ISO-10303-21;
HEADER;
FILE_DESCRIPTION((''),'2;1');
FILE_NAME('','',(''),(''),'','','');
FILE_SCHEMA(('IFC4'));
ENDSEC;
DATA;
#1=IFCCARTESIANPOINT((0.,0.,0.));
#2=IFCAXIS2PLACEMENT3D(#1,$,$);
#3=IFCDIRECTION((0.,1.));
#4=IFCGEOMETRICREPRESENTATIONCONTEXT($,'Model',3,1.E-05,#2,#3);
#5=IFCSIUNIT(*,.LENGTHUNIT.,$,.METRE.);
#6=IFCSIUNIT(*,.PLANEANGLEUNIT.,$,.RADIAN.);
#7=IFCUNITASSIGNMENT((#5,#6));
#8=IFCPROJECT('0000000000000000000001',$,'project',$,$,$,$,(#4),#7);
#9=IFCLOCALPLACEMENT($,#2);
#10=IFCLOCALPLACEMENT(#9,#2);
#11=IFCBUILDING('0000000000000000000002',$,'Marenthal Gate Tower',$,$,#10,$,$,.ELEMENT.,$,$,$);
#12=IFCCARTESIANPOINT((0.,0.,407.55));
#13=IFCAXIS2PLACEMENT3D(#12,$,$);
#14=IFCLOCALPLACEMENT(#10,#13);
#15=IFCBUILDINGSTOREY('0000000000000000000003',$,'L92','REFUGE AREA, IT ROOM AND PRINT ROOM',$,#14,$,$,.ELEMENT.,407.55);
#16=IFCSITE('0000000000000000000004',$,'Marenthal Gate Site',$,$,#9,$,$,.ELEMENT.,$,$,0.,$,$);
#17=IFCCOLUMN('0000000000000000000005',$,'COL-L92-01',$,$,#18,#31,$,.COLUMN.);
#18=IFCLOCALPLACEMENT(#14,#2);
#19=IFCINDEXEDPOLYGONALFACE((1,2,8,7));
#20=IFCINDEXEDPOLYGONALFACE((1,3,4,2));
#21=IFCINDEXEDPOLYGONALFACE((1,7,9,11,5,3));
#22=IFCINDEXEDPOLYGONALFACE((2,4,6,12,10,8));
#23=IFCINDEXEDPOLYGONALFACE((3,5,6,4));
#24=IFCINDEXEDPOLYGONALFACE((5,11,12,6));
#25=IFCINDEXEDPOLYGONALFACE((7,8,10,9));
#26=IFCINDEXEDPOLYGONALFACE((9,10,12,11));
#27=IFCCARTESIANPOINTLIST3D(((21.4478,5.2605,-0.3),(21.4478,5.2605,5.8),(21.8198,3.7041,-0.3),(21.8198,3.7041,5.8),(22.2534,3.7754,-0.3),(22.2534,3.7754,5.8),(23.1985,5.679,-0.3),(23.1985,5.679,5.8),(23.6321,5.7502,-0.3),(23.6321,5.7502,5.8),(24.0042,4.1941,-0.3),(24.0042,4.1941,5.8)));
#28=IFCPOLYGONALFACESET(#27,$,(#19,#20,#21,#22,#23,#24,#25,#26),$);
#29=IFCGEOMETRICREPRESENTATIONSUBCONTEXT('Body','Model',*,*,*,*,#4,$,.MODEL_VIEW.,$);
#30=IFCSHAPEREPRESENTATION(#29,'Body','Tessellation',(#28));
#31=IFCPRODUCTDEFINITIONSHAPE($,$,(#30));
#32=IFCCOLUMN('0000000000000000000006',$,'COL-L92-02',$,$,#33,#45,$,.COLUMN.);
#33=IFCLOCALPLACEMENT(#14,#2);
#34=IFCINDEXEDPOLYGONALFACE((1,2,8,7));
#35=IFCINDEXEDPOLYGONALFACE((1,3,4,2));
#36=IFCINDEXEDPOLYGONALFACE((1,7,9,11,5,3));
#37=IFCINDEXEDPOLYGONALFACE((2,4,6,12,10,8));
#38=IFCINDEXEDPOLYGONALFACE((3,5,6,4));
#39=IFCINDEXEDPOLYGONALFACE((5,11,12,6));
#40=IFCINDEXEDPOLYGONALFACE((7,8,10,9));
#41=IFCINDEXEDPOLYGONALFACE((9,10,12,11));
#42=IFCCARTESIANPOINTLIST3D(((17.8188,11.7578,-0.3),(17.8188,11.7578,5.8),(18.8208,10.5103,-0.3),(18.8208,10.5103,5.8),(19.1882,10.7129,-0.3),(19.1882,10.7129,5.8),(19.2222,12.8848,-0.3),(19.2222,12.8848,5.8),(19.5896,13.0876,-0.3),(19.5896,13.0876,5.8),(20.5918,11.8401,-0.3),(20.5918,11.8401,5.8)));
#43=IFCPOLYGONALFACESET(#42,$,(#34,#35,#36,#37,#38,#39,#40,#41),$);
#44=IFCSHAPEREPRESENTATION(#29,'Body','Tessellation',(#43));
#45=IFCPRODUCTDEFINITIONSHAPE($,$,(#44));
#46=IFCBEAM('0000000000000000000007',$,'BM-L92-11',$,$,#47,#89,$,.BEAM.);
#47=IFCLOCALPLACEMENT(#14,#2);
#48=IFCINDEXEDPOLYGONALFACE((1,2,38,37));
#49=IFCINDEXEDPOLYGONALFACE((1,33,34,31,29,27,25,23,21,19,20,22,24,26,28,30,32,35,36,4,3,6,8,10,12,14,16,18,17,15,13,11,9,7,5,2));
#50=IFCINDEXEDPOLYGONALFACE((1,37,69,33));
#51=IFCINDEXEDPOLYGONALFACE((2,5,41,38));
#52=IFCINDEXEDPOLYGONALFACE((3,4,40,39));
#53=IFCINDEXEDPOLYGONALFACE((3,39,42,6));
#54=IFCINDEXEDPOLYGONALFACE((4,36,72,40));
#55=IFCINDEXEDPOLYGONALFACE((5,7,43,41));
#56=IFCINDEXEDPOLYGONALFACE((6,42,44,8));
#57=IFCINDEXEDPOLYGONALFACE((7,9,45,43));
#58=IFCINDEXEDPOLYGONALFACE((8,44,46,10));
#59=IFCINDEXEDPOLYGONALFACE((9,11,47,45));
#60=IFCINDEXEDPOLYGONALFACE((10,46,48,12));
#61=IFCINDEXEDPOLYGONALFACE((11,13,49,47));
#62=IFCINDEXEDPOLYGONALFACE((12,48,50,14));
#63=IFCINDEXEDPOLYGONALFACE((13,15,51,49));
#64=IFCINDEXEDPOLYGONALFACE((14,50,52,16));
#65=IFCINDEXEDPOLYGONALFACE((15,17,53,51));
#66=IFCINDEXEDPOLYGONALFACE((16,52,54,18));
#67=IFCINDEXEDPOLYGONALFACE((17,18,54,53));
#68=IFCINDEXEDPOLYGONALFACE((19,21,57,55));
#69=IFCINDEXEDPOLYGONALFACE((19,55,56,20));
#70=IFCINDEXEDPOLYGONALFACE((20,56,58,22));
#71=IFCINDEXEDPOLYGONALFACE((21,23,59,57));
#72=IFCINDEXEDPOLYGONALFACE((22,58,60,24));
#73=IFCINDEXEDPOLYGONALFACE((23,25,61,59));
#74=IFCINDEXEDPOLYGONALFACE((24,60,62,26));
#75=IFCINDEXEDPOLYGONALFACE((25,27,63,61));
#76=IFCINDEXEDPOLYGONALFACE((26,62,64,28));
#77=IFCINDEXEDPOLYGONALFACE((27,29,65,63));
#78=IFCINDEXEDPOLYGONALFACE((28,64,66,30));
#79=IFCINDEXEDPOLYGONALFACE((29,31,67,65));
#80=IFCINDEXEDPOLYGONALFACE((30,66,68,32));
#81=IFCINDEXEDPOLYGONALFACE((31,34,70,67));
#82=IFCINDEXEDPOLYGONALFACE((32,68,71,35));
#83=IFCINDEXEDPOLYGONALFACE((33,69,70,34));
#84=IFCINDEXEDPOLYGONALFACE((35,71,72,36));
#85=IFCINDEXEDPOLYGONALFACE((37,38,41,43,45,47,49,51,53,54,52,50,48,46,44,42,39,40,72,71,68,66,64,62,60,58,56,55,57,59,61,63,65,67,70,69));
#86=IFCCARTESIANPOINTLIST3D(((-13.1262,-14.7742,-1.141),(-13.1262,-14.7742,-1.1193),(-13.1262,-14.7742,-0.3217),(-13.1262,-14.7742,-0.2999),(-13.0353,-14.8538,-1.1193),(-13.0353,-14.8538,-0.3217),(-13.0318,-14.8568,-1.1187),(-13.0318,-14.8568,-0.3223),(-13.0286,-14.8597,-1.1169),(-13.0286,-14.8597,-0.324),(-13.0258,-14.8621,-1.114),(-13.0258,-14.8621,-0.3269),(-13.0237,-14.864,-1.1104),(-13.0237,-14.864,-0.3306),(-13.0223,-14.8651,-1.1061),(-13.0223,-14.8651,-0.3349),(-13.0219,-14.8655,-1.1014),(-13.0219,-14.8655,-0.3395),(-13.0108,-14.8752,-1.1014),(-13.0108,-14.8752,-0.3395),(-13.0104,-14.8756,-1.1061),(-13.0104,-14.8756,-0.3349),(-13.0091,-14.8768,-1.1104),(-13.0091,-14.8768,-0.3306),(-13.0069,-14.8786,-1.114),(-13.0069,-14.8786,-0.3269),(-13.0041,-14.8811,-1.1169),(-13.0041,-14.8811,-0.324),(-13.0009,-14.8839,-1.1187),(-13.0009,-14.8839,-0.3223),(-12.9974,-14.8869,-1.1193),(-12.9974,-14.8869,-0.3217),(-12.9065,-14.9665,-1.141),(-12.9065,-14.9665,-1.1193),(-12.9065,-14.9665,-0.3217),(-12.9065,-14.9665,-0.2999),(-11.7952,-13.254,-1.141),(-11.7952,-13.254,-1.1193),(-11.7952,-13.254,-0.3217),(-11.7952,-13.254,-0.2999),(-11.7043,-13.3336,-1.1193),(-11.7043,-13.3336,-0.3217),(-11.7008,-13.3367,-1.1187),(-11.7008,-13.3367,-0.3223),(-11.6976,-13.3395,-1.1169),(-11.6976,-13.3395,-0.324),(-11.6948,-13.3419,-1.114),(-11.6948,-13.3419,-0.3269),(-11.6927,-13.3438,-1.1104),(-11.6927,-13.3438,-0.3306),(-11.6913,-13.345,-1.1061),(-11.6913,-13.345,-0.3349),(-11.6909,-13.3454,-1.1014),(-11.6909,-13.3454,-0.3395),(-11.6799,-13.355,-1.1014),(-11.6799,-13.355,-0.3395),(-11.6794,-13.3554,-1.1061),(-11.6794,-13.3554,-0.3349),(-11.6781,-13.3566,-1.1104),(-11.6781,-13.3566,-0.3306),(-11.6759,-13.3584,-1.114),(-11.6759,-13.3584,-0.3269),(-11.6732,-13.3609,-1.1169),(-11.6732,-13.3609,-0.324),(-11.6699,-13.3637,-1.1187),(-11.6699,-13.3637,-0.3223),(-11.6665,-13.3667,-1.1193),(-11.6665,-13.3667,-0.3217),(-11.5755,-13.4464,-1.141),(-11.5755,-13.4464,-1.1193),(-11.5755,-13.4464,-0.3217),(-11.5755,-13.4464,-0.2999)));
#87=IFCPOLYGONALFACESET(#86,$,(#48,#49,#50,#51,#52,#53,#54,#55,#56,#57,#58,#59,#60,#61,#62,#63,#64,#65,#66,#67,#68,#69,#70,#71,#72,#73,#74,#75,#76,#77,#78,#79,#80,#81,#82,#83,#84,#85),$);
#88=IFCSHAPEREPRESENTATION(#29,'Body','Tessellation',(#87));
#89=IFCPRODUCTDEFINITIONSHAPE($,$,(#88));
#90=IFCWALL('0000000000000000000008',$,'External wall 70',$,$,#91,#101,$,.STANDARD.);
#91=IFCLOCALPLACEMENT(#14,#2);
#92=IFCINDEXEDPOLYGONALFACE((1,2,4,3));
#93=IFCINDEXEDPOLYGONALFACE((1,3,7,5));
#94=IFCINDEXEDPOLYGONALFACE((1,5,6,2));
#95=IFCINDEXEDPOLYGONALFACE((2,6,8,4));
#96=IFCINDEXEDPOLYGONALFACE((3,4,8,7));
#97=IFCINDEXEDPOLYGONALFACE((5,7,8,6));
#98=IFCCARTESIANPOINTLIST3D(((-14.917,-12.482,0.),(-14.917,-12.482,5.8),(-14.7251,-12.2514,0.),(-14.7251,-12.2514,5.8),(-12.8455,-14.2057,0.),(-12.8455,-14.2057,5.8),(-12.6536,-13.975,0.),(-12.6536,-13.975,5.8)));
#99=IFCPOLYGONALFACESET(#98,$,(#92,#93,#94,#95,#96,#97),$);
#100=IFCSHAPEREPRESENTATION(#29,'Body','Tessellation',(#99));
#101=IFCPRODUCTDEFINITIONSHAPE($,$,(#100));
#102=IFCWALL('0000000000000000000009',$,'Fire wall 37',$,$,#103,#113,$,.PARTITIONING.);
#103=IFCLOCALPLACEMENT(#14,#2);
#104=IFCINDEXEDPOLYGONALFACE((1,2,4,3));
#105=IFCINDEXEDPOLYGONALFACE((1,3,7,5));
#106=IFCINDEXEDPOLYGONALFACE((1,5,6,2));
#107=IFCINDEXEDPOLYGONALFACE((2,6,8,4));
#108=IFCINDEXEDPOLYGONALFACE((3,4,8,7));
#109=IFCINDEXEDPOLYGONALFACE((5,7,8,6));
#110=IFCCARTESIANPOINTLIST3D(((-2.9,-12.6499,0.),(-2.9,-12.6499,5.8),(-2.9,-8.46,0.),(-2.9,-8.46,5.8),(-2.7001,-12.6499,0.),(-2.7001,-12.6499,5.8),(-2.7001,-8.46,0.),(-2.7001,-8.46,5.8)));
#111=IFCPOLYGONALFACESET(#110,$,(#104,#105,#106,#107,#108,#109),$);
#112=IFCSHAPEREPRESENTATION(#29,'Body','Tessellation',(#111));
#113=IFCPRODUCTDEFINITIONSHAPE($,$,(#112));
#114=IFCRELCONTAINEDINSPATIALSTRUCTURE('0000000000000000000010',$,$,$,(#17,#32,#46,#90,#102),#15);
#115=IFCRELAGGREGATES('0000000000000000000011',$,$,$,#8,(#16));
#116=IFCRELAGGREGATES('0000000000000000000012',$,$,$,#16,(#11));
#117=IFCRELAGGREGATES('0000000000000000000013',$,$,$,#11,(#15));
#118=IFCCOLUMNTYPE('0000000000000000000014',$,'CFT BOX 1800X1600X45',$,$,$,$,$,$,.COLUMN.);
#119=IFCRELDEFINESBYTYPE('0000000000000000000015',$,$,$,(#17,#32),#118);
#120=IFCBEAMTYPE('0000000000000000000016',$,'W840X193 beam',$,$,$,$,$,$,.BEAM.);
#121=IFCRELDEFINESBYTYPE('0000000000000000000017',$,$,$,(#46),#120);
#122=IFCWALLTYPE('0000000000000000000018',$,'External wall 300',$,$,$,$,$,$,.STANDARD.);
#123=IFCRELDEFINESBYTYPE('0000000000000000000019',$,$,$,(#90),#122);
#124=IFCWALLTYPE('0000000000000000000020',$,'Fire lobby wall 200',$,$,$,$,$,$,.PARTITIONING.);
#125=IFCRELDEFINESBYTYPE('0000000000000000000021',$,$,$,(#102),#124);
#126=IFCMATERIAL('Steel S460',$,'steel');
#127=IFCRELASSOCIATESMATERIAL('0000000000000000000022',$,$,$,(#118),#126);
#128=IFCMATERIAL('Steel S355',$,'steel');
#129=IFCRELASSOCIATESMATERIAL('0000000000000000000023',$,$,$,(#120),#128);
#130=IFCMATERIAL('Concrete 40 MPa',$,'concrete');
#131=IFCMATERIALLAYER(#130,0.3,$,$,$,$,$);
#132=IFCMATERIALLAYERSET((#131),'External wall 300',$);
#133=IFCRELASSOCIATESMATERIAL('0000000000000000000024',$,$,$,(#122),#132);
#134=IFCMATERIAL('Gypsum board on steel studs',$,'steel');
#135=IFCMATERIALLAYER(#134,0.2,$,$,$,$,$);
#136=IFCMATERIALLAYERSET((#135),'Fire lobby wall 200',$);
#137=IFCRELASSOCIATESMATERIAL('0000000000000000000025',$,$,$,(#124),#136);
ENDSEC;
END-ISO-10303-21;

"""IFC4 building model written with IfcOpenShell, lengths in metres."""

from ifc_helpers import new_model, si_unit, direction, frame, frame_2d, origin, origin_2d, place, context, subcontext, project, spatial, polyline, rectangle, hollow_rectangle, i_section, outline, extrude, material, layer, layer_set, material_profile, profile_set, type_object, element, save


model = new_model("IFC4")

# Units and contexts
model_context = context("Model", 3, precision=1e-05, world=origin(), true_north=direction((0.0, 1.0)))
body_context = subcontext(model_context, "Body", "Model", "MODEL_VIEW")
ifc_project = project(units=[si_unit("LENGTHUNIT", "METRE"), si_unit("PLANEANGLEUNIT", "RADIAN")], contexts=[model_context])

# Site, building, storey
site_placement = place(None, origin())
site = spatial("IfcSite", under=ifc_project, at=site_placement, Name="Marenthal Gate Site", CompositionType="ELEMENT", RefElevation=0.0)
building_placement = place(site_placement, origin())
building = spatial("IfcBuilding", under=site, at=building_placement, Name="Marenthal Gate Tower", CompositionType="ELEMENT")
storey_placement = place(building_placement, frame((0.0, 0.0, 407.55)))
storey = spatial("IfcBuildingStorey", under=building, at=storey_placement, Name="L92", Description="REFUGE AREA, IT ROOM AND PRINT ROOM", CompositionType="ELEMENT", Elevation=407.55)

# Columns
ifc_material_1 = material(Name="Steel S460", Category="steel")
ifc_material_profile_1 = material_profile(ifc_material_1, hollow_rectangle(XDim=1.6001, YDim=1.8, WallThickness=0.0449, at=origin_2d()), Name="CFT BOX 1800X1600X45")
ifc_material_2 = material(Name="Concrete 70 MPa", Category="concrete")
ifc_material_profile_2 = material_profile(ifc_material_2, rectangle(XDim=1.51, YDim=1.71, at=origin_2d()), Name="CFT BOX 1800X1600X45 INFILL")
ifc_profile_set_1 = profile_set([ifc_material_profile_1, ifc_material_profile_2], Name="Steel S460 shell, Concrete 70 MPa infill")
column_type = type_object("IfcColumnType", Name="CFT BOX 1800X1600X45", PredefinedType="COLUMN", material=ifc_profile_set_1)
column_1_placement = place(storey_placement, frame((0.0, 0.0, -0.3)))
element("IfcColumn", 1, at=column_1_placement, inside=storey, type_object=column_type, Name="COL-L92-01", PredefinedType="COLUMN", context=body_context, shape_type="SweptSolid", body=[
    extrude(outline(polyline([(21.8198, 3.7041), (21.4478, 5.2605), (23.1985, 5.679), (23.6321, 5.7502), (24.0042, 4.1941), (22.2534, 3.7754), (21.8198, 3.7041)])), origin(), (0.0, 0.0, 1.0), 6.1001),
])
column_2_placement = place(storey_placement, frame((0.0, 0.0, -0.3)))
element("IfcColumn", 2, at=column_2_placement, inside=storey, type_object=column_type, Name="COL-L92-02", PredefinedType="COLUMN", context=body_context, shape_type="SweptSolid", body=[
    extrude(outline(polyline([(18.8208, 10.5103), (17.8188, 11.7578), (19.2222, 12.8848), (19.5896, 13.0876), (20.5918, 11.8401), (19.1882, 10.7129), (18.8208, 10.5103)])), origin(), (0.0, 0.0, 1.0), 6.1001),
])

# Beam
ifc_material_3 = material(Name="Steel S355", Category="steel")
ifc_material_profile_3 = material_profile(ifc_material_3, i_section(OverallWidth=0.292, OverallDepth=0.8411, WebThickness=0.0146, FlangeThickness=0.0217, FilletRadius=0.0178, at=origin_2d()), Name="W840X193")
ifc_profile_set_2 = profile_set([ifc_material_profile_3], Name="Steel S355")
beam_type = type_object("IfcBeamType", Name="W840X193 beam", PredefinedType="BEAM", material=ifc_profile_set_2)
beam_placement = place(storey_placement, frame((-13.0164, -14.8704, -0.7205), z_axis=(0.658736, 0.752375, 0.0), x_axis=(-0.752375, 0.658736, 0.0)))
element("IfcBeam", 3, at=beam_placement, inside=storey, type_object=beam_type, Name="BM-L92-11", PredefinedType="BEAM", context=body_context, shape_type="SweptSolid", body=[
    extrude(i_section(OverallWidth=0.292, OverallDepth=0.8411, WebThickness=0.0146, FlangeThickness=0.0217, FilletRadius=0.0178, at=origin_2d()), origin(), (0.0, 0.0, 1.0), 2.0205),
])

# Walls
ifc_material_4 = material(Name="Concrete 40 MPa", Category="concrete")
ifc_layer_1 = layer(ifc_material_4, 0.3)
ifc_layer_set_1 = layer_set([ifc_layer_1], Name="External wall 300")
wall_type_1 = type_object("IfcWallType", Name="External wall 300", PredefinedType="STANDARD", material=ifc_layer_set_1)
wall_1_placement = place(storey_placement, frame((-12.7495, -14.0903, 0.0), z_axis=(0.0, 0.0, 1.0), x_axis=(-0.768704, 0.639605, 0.0)))
element("IfcWall", 4, at=wall_1_placement, inside=storey, type_object=wall_type_1, Name="External wall 70", PredefinedType="STANDARD", context=body_context, shape_type="SweptSolid", body=[
    extrude(rectangle(XDim=2.6948, YDim=0.3, at=frame_2d((1.3474, 0.0))), origin(), (0.0, 0.0, 1.0), 5.8),
])
ifc_material_5 = material(Name="Gypsum board on steel studs", Category="steel")
ifc_layer_2 = layer(ifc_material_5, 0.2)
ifc_layer_set_2 = layer_set([ifc_layer_2], Name="Fire lobby wall 200")
wall_type_2 = type_object("IfcWallType", Name="Fire lobby wall 200", PredefinedType="PARTITIONING", material=ifc_layer_set_2)
wall_2_placement = place(storey_placement, frame((-2.8, -12.6499, 0.0), z_axis=(0.0, 0.0, 1.0), x_axis=(0.0, 1.0, 0.0)))
element("IfcWall", 5, at=wall_2_placement, inside=storey, type_object=wall_type_2, Name="Fire wall 37", PredefinedType="PARTITIONING", context=body_context, shape_type="SweptSolid", body=[
    extrude(rectangle(XDim=4.1899, YDim=0.2, at=frame_2d((2.095, 0.0))), origin(), (0.0, 0.0, 1.0), 5.8),
])

save(model, "model.ifc")
